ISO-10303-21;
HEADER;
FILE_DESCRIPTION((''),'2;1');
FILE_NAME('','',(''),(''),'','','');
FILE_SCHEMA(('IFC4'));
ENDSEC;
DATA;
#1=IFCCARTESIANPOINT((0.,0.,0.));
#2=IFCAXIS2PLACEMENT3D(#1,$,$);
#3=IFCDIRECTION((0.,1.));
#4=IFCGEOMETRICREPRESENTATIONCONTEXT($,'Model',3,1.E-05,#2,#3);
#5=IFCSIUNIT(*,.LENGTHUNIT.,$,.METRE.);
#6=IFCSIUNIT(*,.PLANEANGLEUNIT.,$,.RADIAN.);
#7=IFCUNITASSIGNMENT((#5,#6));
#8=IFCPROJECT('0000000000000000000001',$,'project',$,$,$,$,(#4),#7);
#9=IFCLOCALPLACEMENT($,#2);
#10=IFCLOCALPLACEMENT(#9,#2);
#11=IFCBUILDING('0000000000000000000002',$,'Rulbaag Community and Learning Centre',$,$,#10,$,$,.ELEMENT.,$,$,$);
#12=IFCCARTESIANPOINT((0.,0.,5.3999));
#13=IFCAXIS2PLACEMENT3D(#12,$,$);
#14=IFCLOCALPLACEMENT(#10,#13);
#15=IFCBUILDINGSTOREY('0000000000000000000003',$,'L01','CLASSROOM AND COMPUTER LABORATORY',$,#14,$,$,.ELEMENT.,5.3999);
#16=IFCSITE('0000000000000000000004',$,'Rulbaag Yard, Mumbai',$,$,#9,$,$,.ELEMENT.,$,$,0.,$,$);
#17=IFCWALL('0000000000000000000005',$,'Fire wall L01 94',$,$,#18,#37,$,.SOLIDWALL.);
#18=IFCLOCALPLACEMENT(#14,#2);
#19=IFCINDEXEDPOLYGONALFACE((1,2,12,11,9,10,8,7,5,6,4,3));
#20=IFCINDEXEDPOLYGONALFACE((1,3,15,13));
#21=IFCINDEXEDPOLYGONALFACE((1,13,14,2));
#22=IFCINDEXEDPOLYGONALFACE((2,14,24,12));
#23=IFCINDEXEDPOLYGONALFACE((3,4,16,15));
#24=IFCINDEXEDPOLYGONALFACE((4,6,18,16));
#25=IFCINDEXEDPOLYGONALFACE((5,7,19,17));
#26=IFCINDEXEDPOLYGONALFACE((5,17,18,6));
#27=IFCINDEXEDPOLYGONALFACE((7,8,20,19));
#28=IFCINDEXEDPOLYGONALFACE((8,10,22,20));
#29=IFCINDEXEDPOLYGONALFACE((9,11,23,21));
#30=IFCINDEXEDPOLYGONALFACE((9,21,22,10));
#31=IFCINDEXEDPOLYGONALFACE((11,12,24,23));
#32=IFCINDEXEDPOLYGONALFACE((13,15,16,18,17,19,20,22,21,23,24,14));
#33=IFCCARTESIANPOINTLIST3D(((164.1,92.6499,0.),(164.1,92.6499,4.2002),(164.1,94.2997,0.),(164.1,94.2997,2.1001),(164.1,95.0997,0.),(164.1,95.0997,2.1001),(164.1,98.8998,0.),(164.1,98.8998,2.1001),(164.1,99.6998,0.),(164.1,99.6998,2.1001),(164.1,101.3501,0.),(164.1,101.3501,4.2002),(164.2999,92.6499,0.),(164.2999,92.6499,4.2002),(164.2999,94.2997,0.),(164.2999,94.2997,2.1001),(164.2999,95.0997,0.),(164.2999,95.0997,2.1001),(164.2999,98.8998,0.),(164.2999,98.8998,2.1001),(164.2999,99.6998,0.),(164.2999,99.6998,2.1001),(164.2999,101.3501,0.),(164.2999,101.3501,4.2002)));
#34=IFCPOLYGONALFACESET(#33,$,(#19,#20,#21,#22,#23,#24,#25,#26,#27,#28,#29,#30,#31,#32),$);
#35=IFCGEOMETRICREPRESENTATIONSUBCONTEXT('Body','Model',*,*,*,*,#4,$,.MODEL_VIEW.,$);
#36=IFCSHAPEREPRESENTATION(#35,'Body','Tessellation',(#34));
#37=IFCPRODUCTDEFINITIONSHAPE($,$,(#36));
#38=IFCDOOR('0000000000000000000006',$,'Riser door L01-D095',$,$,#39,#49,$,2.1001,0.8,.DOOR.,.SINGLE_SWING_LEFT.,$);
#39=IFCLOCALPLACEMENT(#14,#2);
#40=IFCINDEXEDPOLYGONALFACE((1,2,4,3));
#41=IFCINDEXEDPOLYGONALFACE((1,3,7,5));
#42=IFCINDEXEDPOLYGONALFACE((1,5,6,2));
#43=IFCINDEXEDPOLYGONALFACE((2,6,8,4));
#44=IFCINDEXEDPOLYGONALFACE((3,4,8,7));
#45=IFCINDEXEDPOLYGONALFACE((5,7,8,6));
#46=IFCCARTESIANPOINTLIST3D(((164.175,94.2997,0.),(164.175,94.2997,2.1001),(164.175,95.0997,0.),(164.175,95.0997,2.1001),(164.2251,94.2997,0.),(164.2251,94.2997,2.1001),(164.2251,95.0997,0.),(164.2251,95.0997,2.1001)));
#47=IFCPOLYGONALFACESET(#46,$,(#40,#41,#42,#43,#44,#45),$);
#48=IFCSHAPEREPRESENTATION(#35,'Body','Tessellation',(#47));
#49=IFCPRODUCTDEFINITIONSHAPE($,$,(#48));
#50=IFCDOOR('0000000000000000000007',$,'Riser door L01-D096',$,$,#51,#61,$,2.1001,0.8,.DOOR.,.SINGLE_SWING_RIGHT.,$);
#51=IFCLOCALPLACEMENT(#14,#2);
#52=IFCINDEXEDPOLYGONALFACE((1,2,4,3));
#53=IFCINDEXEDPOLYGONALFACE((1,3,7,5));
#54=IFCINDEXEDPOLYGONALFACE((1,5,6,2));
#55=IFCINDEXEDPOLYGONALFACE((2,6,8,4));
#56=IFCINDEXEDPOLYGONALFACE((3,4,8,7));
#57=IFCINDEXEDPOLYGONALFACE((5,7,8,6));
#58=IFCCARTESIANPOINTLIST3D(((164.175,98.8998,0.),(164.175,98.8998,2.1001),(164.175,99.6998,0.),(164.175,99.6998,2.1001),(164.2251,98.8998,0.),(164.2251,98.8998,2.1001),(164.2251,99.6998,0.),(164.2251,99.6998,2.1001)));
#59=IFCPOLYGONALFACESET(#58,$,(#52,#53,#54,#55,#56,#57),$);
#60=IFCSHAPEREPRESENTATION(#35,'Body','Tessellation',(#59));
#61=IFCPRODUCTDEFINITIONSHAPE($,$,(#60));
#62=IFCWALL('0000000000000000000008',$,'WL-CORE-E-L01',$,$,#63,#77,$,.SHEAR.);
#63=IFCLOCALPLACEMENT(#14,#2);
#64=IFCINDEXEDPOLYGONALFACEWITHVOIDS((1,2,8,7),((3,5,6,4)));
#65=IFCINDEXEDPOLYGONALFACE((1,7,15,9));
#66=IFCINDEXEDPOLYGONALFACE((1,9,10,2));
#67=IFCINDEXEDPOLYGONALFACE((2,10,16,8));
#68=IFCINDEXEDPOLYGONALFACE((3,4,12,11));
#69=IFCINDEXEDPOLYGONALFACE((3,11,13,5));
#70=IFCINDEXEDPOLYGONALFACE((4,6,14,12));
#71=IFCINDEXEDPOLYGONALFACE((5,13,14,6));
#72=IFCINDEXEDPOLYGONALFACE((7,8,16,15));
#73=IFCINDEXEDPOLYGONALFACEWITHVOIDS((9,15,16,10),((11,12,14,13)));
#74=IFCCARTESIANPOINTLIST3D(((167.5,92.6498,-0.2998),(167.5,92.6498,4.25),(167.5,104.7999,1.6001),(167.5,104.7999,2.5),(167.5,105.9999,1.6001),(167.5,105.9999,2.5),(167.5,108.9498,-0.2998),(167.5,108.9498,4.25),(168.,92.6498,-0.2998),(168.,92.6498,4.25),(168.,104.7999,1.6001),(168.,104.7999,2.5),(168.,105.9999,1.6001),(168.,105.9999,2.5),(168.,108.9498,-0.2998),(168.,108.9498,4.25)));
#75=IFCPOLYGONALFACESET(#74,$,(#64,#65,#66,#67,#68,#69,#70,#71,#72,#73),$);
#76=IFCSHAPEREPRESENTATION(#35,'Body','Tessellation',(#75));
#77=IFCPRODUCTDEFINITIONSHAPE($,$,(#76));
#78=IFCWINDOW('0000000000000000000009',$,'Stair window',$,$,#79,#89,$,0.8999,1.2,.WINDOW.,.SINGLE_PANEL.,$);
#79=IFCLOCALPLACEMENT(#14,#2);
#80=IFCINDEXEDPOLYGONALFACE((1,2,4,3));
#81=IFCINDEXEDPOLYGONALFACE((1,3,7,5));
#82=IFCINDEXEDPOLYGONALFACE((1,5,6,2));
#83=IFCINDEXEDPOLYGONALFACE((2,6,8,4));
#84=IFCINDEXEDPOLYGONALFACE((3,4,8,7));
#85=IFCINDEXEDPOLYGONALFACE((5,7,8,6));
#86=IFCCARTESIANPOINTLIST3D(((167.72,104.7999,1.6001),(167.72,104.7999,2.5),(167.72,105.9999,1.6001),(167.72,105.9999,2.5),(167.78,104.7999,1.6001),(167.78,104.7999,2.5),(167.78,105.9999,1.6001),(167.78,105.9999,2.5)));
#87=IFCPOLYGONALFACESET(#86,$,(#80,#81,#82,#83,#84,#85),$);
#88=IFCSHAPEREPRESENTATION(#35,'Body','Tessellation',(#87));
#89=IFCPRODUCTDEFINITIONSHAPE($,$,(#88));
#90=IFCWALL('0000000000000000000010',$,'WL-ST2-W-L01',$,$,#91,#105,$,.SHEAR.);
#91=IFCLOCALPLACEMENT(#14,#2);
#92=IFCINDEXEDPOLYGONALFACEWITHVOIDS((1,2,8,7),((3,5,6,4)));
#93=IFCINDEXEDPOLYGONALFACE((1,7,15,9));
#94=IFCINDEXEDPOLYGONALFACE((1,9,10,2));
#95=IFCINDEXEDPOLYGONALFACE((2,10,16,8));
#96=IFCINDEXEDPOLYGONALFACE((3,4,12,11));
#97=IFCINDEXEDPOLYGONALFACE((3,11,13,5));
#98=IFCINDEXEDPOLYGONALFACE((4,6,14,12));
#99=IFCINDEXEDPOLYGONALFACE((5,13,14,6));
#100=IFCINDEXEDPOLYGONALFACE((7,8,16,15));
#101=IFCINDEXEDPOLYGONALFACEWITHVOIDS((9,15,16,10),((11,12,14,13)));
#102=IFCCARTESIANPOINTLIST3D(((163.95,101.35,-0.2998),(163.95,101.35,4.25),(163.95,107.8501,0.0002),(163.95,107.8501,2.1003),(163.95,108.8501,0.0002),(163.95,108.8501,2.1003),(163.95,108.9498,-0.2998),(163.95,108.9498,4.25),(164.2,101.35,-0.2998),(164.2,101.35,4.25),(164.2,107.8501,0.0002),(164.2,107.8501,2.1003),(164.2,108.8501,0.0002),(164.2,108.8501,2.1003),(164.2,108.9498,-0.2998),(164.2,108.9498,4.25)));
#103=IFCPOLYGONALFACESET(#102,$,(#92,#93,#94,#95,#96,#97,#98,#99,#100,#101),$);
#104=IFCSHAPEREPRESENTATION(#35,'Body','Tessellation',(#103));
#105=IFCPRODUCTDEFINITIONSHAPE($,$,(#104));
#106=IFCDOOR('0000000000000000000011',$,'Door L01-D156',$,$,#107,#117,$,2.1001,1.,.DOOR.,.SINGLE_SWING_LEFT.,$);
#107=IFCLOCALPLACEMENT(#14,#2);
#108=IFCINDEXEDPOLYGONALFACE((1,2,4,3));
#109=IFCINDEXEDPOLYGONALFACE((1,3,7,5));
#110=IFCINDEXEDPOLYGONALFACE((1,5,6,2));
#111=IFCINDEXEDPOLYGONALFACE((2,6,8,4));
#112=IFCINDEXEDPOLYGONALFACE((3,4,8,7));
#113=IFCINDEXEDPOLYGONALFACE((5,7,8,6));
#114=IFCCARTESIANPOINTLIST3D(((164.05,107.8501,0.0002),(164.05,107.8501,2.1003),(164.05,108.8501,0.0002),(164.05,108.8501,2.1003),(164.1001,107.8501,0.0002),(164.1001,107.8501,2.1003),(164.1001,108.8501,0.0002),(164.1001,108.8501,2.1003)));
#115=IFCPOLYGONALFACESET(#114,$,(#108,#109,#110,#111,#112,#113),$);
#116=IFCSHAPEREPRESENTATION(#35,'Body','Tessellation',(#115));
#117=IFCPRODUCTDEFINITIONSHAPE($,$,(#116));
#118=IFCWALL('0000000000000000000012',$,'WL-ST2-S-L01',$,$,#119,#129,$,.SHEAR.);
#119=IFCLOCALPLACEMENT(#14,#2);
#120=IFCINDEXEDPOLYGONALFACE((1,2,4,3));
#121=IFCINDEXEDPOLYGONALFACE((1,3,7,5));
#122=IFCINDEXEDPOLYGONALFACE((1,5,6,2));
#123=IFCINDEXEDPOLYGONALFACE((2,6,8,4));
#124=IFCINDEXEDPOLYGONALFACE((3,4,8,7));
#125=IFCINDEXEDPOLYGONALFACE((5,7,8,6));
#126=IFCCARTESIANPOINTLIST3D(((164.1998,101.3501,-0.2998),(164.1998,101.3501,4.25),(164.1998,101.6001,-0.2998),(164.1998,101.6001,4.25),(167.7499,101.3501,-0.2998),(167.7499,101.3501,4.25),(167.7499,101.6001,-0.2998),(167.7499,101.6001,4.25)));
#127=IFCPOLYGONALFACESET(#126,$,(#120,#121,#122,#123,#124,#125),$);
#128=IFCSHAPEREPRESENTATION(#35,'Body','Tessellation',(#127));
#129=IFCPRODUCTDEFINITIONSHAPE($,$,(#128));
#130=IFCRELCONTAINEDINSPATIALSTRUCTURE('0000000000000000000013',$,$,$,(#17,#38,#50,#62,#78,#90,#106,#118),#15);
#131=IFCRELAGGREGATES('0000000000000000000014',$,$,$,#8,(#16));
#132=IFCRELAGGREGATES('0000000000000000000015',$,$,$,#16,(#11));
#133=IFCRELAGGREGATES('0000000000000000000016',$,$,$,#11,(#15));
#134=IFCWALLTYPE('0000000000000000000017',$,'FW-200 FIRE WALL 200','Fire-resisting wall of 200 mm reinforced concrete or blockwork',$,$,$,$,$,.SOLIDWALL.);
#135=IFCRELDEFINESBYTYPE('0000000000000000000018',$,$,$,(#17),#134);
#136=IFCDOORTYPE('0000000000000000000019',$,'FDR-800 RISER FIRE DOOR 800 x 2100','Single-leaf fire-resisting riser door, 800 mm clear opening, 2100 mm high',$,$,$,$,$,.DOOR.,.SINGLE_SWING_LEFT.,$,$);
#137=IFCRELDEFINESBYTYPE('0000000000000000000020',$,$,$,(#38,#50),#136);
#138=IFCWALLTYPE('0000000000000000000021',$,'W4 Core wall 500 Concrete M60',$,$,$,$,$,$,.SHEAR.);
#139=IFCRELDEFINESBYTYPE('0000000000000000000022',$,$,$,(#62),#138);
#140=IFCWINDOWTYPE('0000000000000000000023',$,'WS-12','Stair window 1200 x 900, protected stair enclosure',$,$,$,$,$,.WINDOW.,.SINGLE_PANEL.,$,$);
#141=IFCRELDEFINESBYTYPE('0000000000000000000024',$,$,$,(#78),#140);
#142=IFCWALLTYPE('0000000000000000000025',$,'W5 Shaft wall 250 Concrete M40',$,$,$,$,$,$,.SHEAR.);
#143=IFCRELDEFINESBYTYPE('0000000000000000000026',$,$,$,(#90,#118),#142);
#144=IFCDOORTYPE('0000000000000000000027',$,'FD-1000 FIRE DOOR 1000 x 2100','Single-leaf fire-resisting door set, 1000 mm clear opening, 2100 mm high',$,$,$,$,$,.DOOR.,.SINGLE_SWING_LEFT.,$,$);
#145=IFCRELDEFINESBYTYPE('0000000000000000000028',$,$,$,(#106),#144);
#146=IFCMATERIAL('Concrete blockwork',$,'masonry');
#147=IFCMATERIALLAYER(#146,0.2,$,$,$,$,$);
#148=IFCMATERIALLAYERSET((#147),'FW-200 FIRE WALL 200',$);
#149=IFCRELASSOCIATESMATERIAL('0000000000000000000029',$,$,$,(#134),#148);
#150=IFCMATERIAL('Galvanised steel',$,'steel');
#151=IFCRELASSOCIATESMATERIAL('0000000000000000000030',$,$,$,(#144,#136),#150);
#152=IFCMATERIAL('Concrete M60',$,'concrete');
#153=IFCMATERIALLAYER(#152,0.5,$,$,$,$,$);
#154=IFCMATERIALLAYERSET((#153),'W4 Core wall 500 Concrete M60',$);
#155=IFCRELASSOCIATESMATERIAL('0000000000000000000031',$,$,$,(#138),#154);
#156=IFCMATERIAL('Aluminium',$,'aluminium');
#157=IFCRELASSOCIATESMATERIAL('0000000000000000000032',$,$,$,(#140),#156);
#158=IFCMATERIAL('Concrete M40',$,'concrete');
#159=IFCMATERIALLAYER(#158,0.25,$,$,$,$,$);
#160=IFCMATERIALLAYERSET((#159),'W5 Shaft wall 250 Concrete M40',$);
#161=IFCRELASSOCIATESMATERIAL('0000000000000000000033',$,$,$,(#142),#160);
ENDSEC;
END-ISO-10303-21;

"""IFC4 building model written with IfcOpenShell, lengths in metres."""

from ifc_helpers import new_model, si_unit, direction, frame, frame_2d, origin, place, context, subcontext, project, spatial, rectangle, extrude, material, layer, layer_set, type_object, element, fill, save


model = new_model("IFC4")

# Units and contexts
model_context = context("Model", 3, precision=1e-05, world=origin(), true_north=direction((0.0, 1.0)))
body_context = subcontext(model_context, "Body", "Model", "MODEL_VIEW")
ifc_project = project(units=[si_unit("LENGTHUNIT", "METRE"), si_unit("PLANEANGLEUNIT", "RADIAN")], contexts=[model_context])

# Site, building, storey
site_placement = place(None, origin())
site = spatial("IfcSite", under=ifc_project, at=site_placement, Name="Rulbaag Yard, Mumbai", CompositionType="ELEMENT", RefElevation=0.0)
building_placement = place(site_placement, origin())
building = spatial("IfcBuilding", under=site, at=building_placement, Name="Rulbaag Community and Learning Centre", CompositionType="ELEMENT")
storey_placement = place(building_placement, frame((0.0, 0.0, 5.3999)))
storey = spatial("IfcBuildingStorey", under=building, at=storey_placement, Name="L01", Description="CLASSROOM AND COMPUTER LABORATORY", CompositionType="ELEMENT", Elevation=5.3999)

# Shared definitions
ifc_material_1 = material(Name="Concrete M40", Category="concrete")

# Shared definitions
ifc_material_2 = material(Name="Aluminium", Category="aluminium")

# Shared definitions
ifc_material_3 = material(Name="Concrete blockwork", Category="masonry")
ifc_layer_1 = layer(ifc_material_3, 0.2)
ifc_layer_set_1 = layer_set([ifc_layer_1], Name="FW-200 FIRE WALL 200")
wall_type_1 = type_object("IfcWallType", Name="FW-200 FIRE WALL 200", Description="Fire-resisting wall of 200 mm reinforced concrete or blockwork", PredefinedType="SOLIDWALL", material=ifc_layer_set_1)

# Wall, openings, doors
ifc_material_4 = material(Name="Galvanised steel", Category="steel")
door_type_1 = type_object("IfcDoorType", Name="FD-1000 FIRE DOOR 1000 x 2100", Description="Single-leaf fire-resisting door set, 1000 mm clear opening, 2100 mm high", OperationType="SINGLE_SWING_LEFT", PredefinedType="DOOR", material=ifc_material_4)
door_type_2 = type_object("IfcDoorType", Name="FDR-800 RISER FIRE DOOR 800 x 2100", Description="Single-leaf fire-resisting riser door, 800 mm clear opening, 2100 mm high", OperationType="SINGLE_SWING_LEFT", PredefinedType="DOOR", material=ifc_material_4)
wall_1_placement = place(storey_placement, frame((164.2, 92.6499, 0.0), z_axis=(0.0, 0.0, 1.0), x_axis=(0.0, 1.0, 0.0)))
wall_1 = element("IfcWall", 1, at=wall_1_placement, inside=storey, type_object=wall_type_1, Name="Fire wall L01 94", PredefinedType="SOLIDWALL", context=body_context, shape_type="SweptSolid", body=[
    extrude(rectangle(XDim=8.7002, YDim=0.2, at=frame_2d((4.3501, 0.0))), origin(), (0.0, 0.0, 1.0), 4.2002),
])
opening_1_placement = place(wall_1_placement, frame((1.6499, 0.0, 0.0)))
opening_1 = element("IfcOpeningElement", 2, at=opening_1_placement, cuts=wall_1, PredefinedType="OPENING", context=body_context, shape_type="SweptSolid", body=[
    extrude(rectangle(XDim=0.8, YDim=2.1001, at=frame_2d((0.3999, 1.05))), frame((0.0, 0.1099, 0.0), z_axis=(0.0, -1.0, 0.0), x_axis=(1.0, 0.0, 0.0)), (0.0, 0.0, 1.0), 0.22),
])
opening_2_placement = place(wall_1_placement, frame((6.25, 0.0, 0.0)))
opening_2 = element("IfcOpeningElement", 3, at=opening_2_placement, cuts=wall_1, PredefinedType="OPENING", context=body_context, shape_type="SweptSolid", body=[
    extrude(rectangle(XDim=0.8, YDim=2.1001, at=frame_2d((0.3999, 1.05))), frame((0.0, 0.1099, 0.0), z_axis=(0.0, -1.0, 0.0), x_axis=(1.0, 0.0, 0.0)), (0.0, 0.0, 1.0), 0.22),
])
door_1_placement = place(opening_1_placement, origin())
door_1 = element("IfcDoor", 4, at=door_1_placement, inside=storey, type_object=door_type_2, Name="Riser door L01-D095", OperationType="SINGLE_SWING_LEFT", OverallHeight=2.1001, OverallWidth=0.8, PredefinedType="DOOR", context=body_context, shape_type="SweptSolid", body=[
    extrude(rectangle(XDim=0.8, YDim=2.1001, at=frame_2d((0.3999, 1.05))), frame((0.0, 0.0249, 0.0), z_axis=(0.0, -1.0, 0.0), x_axis=(1.0, 0.0, 0.0)), (0.0, 0.0, 1.0), 0.05),
])
fill(opening_1, door_1)
door_2_placement = place(opening_2_placement, origin())
door_2 = element("IfcDoor", 5, at=door_2_placement, inside=storey, type_object=door_type_2, Name="Riser door L01-D096", OperationType="SINGLE_SWING_RIGHT", OverallHeight=2.1001, OverallWidth=0.8, PredefinedType="DOOR", context=body_context, shape_type="SweptSolid", body=[
    extrude(rectangle(XDim=0.8, YDim=2.1001, at=frame_2d((0.3999, 1.05))), frame((0.0, 0.0249, 0.0), z_axis=(0.0, -1.0, 0.0), x_axis=(1.0, 0.0, 0.0)), (0.0, 0.0, 1.0), 0.05),
])
fill(opening_2, door_2)

# Wall, opening, window
ifc_material_5 = material(Name="Concrete M60", Category="concrete")
ifc_layer_2 = layer(ifc_material_5, 0.5)
ifc_layer_set_2 = layer_set([ifc_layer_2], Name="W4 Core wall 500 Concrete M60")
wall_type_2 = type_object("IfcWallType", Name="W4 Core wall 500 Concrete M60", PredefinedType="SHEAR", material=ifc_layer_set_2)
wall_2_placement = place(storey_placement, frame((167.75, 92.6499, -0.2998), z_axis=(0.0, 0.0, 1.0), x_axis=(0.0, 1.0, 0.0)))
wall_2 = element("IfcWall", 6, at=wall_2_placement, inside=storey, type_object=wall_type_2, Name="WL-CORE-E-L01", PredefinedType="SHEAR", context=body_context, shape_type="SweptSolid", body=[
    extrude(rectangle(XDim=16.3, YDim=0.5, at=frame_2d((8.1499, 0.0))), origin(), (0.0, 0.0, 1.0), 4.5498),
])
opening_3_placement = place(wall_2_placement, frame((12.1499, 0.0, 1.8999)))
opening_3 = element("IfcOpeningElement", 7, at=opening_3_placement, cuts=wall_2, PredefinedType="OPENING", context=body_context, shape_type="SweptSolid", body=[
    extrude(rectangle(XDim=1.2, YDim=0.8999, at=frame_2d((0.6001, 0.45))), frame((0.0, 0.26, 0.0), z_axis=(0.0, -1.0, 0.0), x_axis=(1.0, 0.0, 0.0)), (0.0, 0.0, 1.0), 0.52),
])
window_type = type_object("IfcWindowType", Name="WS-12", Description="Stair window 1200 x 900, protected stair enclosure", PartitioningType="SINGLE_PANEL", PredefinedType="WINDOW", material=ifc_material_2)
window_placement = place(opening_3_placement, origin())
window = element("IfcWindow", 8, at=window_placement, inside=storey, type_object=window_type, Name="Stair window", OverallHeight=0.8999, OverallWidth=1.2, PartitioningType="SINGLE_PANEL", PredefinedType="WINDOW", context=body_context, shape_type="SweptSolid", body=[
    extrude(rectangle(XDim=1.2, YDim=0.8999, at=frame_2d((0.6001, 0.45))), frame((0.0, 0.03, 0.0), z_axis=(0.0, -1.0, 0.0), x_axis=(1.0, 0.0, 0.0)), (0.0, 0.0, 1.0), 0.0601),
])
fill(opening_3, window)

# Wall, opening, door
ifc_layer_3 = layer(ifc_material_1, 0.25)
ifc_layer_set_3 = layer_set([ifc_layer_3], Name="W5 Shaft wall 250 Concrete M40")
wall_type_3 = type_object("IfcWallType", Name="W5 Shaft wall 250 Concrete M40", PredefinedType="SHEAR", material=ifc_layer_set_3)
wall_3_placement = place(storey_placement, frame((164.075, 101.3501, -0.2998), z_axis=(0.0, 0.0, 1.0), x_axis=(0.0, 1.0, 0.0)))
wall_3 = element("IfcWall", 9, at=wall_3_placement, inside=storey, type_object=wall_type_3, Name="WL-ST2-W-L01", PredefinedType="SHEAR", context=body_context, shape_type="SweptSolid", body=[
    extrude(rectangle(XDim=7.5999, YDim=0.25, at=frame_2d((3.7998, 0.0))), origin(), (0.0, 0.0, 1.0), 4.5498),
])
opening_4_placement = place(wall_3_placement, frame((6.5, 0.0, 0.3)))
opening_4 = element("IfcOpeningElement", 10, at=opening_4_placement, cuts=wall_3, PredefinedType="OPENING", context=body_context, shape_type="SweptSolid", body=[
    extrude(rectangle(XDim=1.0, YDim=2.1001, at=frame_2d((0.5, 1.05))), frame((0.0, 0.135, 0.0), z_axis=(0.0, -1.0, 0.0), x_axis=(1.0, 0.0, 0.0)), (0.0, 0.0, 1.0), 0.27),
])
door_3_placement = place(opening_4_placement, origin())
door_3 = element("IfcDoor", 11, at=door_3_placement, inside=storey, type_object=door_type_1, Name="Door L01-D156", OperationType="SINGLE_SWING_LEFT", OverallHeight=2.1001, OverallWidth=1.0, PredefinedType="DOOR", context=body_context, shape_type="SweptSolid", body=[
    extrude(rectangle(XDim=1.0, YDim=2.1001, at=frame_2d((0.5, 1.05))), frame((0.0, 0.0249, 0.0), z_axis=(0.0, -1.0, 0.0), x_axis=(1.0, 0.0, 0.0)), (0.0, 0.0, 1.0), 0.05),
])
fill(opening_4, door_3)

# Wall
wall_4_placement = place(storey_placement, frame((164.2, 101.4751, -0.2998), z_axis=(0.0, 0.0, 1.0), x_axis=(1.0, 0.0, 0.0)))
element("IfcWall", 12, at=wall_4_placement, inside=storey, type_object=wall_type_3, Name="WL-ST2-S-L01", PredefinedType="SHEAR", context=body_context, shape_type="SweptSolid", body=[
    extrude(rectangle(XDim=3.55, YDim=0.25, at=frame_2d((1.7749, 0.0))), origin(), (0.0, 0.0, 1.0), 4.5498),
])

save(model, "model.ifc")
